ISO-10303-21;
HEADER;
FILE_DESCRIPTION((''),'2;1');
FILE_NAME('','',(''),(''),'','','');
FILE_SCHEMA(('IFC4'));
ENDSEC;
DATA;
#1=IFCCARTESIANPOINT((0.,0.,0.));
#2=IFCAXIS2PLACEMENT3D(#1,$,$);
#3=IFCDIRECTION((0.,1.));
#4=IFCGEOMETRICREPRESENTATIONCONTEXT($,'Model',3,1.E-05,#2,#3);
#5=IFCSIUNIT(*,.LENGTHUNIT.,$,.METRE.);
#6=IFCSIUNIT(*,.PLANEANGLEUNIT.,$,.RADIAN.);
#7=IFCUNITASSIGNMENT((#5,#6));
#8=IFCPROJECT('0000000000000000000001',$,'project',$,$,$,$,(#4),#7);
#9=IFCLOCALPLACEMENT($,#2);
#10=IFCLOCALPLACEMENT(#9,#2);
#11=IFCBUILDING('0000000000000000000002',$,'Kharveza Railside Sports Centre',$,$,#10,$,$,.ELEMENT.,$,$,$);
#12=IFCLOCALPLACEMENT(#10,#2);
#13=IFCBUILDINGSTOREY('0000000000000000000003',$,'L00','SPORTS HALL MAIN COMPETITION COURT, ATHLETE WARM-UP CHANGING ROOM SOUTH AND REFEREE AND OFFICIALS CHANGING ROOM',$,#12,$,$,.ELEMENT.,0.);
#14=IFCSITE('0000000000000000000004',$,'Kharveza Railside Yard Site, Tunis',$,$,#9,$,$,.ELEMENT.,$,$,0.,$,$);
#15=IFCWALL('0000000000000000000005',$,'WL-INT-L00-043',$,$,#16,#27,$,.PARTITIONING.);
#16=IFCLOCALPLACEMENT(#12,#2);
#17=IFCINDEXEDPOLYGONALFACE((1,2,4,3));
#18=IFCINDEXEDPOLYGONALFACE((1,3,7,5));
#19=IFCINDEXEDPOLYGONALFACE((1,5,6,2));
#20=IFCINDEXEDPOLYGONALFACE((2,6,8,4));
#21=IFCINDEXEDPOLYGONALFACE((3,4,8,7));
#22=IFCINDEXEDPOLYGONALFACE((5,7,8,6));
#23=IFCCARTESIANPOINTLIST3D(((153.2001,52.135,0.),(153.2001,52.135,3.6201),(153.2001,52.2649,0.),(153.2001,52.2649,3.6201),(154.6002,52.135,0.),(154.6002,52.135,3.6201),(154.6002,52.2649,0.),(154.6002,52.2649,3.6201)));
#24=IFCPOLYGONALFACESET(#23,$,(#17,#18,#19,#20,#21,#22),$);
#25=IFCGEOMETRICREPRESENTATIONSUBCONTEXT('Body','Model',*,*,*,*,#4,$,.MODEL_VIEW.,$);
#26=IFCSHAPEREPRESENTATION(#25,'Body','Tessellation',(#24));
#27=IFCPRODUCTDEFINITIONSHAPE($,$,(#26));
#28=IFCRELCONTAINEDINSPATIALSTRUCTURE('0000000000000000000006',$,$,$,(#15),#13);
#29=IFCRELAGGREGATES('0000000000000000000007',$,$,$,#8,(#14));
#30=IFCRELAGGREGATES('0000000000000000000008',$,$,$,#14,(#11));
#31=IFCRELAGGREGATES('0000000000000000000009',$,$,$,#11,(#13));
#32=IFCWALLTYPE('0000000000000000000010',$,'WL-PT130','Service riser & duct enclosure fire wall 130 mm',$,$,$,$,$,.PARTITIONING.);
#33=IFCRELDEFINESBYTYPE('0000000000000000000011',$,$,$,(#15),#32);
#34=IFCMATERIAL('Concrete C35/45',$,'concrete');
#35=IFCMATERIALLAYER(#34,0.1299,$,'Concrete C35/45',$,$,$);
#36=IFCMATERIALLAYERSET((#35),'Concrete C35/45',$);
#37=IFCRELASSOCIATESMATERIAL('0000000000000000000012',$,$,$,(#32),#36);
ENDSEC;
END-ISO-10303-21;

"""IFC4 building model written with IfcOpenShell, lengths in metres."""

from ifc_helpers import new_model, si_unit, direction, frame, frame_2d, origin, place, context, subcontext, project, spatial, rectangle, extrude, material, layer, layer_set, type_object, element, save


model = new_model("IFC4")

# Units and contexts
model_context = context("Model", 3, precision=1e-05, world=origin(), true_north=direction((0.0, 1.0)))
body_context = subcontext(model_context, "Body", "Model", "MODEL_VIEW")
ifc_project = project(units=[si_unit("LENGTHUNIT", "METRE"), si_unit("PLANEANGLEUNIT", "RADIAN")], contexts=[model_context])

# Site, building, storey
site_placement = place(None, origin())
site = spatial("IfcSite", under=ifc_project, at=site_placement, Name="Kharveza Railside Yard Site, Tunis", CompositionType="ELEMENT", RefElevation=0.0)
building_placement = place(site_placement, origin())
building = spatial("IfcBuilding", under=site, at=building_placement, Name="Kharveza Railside Sports Centre", CompositionType="ELEMENT")
storey_placement = place(building_placement, origin())
storey = spatial("IfcBuildingStorey", under=building, at=storey_placement, Name="L00", Description="SPORTS HALL MAIN COMPETITION COURT, ATHLETE WARM-UP CHANGING ROOM SOUTH AND REFEREE AND OFFICIALS CHANGING ROOM", CompositionType="ELEMENT", Elevation=0.0)

# Shared definitions
ifc_material_1 = material(Name="Concrete C35/45", Category="concrete")

# Wall
ifc_layer = layer(ifc_material_1, 0.1299, Name="Concrete C35/45")
ifc_layer_set = layer_set([ifc_layer], Name="Concrete C35/45")
wall_type = type_object("IfcWallType", Name="WL-PT130", Description="Service riser & duct enclosure fire wall 130 mm", PredefinedType="PARTITIONING", material=ifc_layer_set)
wall_placement = place(storey_placement, frame((153.2, 52.2, 0.0), z_axis=(0.0, 0.0, 1.0), x_axis=(1.0, 0.0, 0.0)))
element("IfcWall", 1, at=wall_placement, inside=storey, type_object=wall_type, Name="WL-INT-L00-043", PredefinedType="PARTITIONING", context=body_context, shape_type="SweptSolid", body=[
    extrude(rectangle(XDim=1.4001, YDim=0.1299, at=frame_2d((0.7002, 0.0))), origin(), (0.0, 0.0, 1.0), 3.6201),
])

save(model, "model.ifc")
